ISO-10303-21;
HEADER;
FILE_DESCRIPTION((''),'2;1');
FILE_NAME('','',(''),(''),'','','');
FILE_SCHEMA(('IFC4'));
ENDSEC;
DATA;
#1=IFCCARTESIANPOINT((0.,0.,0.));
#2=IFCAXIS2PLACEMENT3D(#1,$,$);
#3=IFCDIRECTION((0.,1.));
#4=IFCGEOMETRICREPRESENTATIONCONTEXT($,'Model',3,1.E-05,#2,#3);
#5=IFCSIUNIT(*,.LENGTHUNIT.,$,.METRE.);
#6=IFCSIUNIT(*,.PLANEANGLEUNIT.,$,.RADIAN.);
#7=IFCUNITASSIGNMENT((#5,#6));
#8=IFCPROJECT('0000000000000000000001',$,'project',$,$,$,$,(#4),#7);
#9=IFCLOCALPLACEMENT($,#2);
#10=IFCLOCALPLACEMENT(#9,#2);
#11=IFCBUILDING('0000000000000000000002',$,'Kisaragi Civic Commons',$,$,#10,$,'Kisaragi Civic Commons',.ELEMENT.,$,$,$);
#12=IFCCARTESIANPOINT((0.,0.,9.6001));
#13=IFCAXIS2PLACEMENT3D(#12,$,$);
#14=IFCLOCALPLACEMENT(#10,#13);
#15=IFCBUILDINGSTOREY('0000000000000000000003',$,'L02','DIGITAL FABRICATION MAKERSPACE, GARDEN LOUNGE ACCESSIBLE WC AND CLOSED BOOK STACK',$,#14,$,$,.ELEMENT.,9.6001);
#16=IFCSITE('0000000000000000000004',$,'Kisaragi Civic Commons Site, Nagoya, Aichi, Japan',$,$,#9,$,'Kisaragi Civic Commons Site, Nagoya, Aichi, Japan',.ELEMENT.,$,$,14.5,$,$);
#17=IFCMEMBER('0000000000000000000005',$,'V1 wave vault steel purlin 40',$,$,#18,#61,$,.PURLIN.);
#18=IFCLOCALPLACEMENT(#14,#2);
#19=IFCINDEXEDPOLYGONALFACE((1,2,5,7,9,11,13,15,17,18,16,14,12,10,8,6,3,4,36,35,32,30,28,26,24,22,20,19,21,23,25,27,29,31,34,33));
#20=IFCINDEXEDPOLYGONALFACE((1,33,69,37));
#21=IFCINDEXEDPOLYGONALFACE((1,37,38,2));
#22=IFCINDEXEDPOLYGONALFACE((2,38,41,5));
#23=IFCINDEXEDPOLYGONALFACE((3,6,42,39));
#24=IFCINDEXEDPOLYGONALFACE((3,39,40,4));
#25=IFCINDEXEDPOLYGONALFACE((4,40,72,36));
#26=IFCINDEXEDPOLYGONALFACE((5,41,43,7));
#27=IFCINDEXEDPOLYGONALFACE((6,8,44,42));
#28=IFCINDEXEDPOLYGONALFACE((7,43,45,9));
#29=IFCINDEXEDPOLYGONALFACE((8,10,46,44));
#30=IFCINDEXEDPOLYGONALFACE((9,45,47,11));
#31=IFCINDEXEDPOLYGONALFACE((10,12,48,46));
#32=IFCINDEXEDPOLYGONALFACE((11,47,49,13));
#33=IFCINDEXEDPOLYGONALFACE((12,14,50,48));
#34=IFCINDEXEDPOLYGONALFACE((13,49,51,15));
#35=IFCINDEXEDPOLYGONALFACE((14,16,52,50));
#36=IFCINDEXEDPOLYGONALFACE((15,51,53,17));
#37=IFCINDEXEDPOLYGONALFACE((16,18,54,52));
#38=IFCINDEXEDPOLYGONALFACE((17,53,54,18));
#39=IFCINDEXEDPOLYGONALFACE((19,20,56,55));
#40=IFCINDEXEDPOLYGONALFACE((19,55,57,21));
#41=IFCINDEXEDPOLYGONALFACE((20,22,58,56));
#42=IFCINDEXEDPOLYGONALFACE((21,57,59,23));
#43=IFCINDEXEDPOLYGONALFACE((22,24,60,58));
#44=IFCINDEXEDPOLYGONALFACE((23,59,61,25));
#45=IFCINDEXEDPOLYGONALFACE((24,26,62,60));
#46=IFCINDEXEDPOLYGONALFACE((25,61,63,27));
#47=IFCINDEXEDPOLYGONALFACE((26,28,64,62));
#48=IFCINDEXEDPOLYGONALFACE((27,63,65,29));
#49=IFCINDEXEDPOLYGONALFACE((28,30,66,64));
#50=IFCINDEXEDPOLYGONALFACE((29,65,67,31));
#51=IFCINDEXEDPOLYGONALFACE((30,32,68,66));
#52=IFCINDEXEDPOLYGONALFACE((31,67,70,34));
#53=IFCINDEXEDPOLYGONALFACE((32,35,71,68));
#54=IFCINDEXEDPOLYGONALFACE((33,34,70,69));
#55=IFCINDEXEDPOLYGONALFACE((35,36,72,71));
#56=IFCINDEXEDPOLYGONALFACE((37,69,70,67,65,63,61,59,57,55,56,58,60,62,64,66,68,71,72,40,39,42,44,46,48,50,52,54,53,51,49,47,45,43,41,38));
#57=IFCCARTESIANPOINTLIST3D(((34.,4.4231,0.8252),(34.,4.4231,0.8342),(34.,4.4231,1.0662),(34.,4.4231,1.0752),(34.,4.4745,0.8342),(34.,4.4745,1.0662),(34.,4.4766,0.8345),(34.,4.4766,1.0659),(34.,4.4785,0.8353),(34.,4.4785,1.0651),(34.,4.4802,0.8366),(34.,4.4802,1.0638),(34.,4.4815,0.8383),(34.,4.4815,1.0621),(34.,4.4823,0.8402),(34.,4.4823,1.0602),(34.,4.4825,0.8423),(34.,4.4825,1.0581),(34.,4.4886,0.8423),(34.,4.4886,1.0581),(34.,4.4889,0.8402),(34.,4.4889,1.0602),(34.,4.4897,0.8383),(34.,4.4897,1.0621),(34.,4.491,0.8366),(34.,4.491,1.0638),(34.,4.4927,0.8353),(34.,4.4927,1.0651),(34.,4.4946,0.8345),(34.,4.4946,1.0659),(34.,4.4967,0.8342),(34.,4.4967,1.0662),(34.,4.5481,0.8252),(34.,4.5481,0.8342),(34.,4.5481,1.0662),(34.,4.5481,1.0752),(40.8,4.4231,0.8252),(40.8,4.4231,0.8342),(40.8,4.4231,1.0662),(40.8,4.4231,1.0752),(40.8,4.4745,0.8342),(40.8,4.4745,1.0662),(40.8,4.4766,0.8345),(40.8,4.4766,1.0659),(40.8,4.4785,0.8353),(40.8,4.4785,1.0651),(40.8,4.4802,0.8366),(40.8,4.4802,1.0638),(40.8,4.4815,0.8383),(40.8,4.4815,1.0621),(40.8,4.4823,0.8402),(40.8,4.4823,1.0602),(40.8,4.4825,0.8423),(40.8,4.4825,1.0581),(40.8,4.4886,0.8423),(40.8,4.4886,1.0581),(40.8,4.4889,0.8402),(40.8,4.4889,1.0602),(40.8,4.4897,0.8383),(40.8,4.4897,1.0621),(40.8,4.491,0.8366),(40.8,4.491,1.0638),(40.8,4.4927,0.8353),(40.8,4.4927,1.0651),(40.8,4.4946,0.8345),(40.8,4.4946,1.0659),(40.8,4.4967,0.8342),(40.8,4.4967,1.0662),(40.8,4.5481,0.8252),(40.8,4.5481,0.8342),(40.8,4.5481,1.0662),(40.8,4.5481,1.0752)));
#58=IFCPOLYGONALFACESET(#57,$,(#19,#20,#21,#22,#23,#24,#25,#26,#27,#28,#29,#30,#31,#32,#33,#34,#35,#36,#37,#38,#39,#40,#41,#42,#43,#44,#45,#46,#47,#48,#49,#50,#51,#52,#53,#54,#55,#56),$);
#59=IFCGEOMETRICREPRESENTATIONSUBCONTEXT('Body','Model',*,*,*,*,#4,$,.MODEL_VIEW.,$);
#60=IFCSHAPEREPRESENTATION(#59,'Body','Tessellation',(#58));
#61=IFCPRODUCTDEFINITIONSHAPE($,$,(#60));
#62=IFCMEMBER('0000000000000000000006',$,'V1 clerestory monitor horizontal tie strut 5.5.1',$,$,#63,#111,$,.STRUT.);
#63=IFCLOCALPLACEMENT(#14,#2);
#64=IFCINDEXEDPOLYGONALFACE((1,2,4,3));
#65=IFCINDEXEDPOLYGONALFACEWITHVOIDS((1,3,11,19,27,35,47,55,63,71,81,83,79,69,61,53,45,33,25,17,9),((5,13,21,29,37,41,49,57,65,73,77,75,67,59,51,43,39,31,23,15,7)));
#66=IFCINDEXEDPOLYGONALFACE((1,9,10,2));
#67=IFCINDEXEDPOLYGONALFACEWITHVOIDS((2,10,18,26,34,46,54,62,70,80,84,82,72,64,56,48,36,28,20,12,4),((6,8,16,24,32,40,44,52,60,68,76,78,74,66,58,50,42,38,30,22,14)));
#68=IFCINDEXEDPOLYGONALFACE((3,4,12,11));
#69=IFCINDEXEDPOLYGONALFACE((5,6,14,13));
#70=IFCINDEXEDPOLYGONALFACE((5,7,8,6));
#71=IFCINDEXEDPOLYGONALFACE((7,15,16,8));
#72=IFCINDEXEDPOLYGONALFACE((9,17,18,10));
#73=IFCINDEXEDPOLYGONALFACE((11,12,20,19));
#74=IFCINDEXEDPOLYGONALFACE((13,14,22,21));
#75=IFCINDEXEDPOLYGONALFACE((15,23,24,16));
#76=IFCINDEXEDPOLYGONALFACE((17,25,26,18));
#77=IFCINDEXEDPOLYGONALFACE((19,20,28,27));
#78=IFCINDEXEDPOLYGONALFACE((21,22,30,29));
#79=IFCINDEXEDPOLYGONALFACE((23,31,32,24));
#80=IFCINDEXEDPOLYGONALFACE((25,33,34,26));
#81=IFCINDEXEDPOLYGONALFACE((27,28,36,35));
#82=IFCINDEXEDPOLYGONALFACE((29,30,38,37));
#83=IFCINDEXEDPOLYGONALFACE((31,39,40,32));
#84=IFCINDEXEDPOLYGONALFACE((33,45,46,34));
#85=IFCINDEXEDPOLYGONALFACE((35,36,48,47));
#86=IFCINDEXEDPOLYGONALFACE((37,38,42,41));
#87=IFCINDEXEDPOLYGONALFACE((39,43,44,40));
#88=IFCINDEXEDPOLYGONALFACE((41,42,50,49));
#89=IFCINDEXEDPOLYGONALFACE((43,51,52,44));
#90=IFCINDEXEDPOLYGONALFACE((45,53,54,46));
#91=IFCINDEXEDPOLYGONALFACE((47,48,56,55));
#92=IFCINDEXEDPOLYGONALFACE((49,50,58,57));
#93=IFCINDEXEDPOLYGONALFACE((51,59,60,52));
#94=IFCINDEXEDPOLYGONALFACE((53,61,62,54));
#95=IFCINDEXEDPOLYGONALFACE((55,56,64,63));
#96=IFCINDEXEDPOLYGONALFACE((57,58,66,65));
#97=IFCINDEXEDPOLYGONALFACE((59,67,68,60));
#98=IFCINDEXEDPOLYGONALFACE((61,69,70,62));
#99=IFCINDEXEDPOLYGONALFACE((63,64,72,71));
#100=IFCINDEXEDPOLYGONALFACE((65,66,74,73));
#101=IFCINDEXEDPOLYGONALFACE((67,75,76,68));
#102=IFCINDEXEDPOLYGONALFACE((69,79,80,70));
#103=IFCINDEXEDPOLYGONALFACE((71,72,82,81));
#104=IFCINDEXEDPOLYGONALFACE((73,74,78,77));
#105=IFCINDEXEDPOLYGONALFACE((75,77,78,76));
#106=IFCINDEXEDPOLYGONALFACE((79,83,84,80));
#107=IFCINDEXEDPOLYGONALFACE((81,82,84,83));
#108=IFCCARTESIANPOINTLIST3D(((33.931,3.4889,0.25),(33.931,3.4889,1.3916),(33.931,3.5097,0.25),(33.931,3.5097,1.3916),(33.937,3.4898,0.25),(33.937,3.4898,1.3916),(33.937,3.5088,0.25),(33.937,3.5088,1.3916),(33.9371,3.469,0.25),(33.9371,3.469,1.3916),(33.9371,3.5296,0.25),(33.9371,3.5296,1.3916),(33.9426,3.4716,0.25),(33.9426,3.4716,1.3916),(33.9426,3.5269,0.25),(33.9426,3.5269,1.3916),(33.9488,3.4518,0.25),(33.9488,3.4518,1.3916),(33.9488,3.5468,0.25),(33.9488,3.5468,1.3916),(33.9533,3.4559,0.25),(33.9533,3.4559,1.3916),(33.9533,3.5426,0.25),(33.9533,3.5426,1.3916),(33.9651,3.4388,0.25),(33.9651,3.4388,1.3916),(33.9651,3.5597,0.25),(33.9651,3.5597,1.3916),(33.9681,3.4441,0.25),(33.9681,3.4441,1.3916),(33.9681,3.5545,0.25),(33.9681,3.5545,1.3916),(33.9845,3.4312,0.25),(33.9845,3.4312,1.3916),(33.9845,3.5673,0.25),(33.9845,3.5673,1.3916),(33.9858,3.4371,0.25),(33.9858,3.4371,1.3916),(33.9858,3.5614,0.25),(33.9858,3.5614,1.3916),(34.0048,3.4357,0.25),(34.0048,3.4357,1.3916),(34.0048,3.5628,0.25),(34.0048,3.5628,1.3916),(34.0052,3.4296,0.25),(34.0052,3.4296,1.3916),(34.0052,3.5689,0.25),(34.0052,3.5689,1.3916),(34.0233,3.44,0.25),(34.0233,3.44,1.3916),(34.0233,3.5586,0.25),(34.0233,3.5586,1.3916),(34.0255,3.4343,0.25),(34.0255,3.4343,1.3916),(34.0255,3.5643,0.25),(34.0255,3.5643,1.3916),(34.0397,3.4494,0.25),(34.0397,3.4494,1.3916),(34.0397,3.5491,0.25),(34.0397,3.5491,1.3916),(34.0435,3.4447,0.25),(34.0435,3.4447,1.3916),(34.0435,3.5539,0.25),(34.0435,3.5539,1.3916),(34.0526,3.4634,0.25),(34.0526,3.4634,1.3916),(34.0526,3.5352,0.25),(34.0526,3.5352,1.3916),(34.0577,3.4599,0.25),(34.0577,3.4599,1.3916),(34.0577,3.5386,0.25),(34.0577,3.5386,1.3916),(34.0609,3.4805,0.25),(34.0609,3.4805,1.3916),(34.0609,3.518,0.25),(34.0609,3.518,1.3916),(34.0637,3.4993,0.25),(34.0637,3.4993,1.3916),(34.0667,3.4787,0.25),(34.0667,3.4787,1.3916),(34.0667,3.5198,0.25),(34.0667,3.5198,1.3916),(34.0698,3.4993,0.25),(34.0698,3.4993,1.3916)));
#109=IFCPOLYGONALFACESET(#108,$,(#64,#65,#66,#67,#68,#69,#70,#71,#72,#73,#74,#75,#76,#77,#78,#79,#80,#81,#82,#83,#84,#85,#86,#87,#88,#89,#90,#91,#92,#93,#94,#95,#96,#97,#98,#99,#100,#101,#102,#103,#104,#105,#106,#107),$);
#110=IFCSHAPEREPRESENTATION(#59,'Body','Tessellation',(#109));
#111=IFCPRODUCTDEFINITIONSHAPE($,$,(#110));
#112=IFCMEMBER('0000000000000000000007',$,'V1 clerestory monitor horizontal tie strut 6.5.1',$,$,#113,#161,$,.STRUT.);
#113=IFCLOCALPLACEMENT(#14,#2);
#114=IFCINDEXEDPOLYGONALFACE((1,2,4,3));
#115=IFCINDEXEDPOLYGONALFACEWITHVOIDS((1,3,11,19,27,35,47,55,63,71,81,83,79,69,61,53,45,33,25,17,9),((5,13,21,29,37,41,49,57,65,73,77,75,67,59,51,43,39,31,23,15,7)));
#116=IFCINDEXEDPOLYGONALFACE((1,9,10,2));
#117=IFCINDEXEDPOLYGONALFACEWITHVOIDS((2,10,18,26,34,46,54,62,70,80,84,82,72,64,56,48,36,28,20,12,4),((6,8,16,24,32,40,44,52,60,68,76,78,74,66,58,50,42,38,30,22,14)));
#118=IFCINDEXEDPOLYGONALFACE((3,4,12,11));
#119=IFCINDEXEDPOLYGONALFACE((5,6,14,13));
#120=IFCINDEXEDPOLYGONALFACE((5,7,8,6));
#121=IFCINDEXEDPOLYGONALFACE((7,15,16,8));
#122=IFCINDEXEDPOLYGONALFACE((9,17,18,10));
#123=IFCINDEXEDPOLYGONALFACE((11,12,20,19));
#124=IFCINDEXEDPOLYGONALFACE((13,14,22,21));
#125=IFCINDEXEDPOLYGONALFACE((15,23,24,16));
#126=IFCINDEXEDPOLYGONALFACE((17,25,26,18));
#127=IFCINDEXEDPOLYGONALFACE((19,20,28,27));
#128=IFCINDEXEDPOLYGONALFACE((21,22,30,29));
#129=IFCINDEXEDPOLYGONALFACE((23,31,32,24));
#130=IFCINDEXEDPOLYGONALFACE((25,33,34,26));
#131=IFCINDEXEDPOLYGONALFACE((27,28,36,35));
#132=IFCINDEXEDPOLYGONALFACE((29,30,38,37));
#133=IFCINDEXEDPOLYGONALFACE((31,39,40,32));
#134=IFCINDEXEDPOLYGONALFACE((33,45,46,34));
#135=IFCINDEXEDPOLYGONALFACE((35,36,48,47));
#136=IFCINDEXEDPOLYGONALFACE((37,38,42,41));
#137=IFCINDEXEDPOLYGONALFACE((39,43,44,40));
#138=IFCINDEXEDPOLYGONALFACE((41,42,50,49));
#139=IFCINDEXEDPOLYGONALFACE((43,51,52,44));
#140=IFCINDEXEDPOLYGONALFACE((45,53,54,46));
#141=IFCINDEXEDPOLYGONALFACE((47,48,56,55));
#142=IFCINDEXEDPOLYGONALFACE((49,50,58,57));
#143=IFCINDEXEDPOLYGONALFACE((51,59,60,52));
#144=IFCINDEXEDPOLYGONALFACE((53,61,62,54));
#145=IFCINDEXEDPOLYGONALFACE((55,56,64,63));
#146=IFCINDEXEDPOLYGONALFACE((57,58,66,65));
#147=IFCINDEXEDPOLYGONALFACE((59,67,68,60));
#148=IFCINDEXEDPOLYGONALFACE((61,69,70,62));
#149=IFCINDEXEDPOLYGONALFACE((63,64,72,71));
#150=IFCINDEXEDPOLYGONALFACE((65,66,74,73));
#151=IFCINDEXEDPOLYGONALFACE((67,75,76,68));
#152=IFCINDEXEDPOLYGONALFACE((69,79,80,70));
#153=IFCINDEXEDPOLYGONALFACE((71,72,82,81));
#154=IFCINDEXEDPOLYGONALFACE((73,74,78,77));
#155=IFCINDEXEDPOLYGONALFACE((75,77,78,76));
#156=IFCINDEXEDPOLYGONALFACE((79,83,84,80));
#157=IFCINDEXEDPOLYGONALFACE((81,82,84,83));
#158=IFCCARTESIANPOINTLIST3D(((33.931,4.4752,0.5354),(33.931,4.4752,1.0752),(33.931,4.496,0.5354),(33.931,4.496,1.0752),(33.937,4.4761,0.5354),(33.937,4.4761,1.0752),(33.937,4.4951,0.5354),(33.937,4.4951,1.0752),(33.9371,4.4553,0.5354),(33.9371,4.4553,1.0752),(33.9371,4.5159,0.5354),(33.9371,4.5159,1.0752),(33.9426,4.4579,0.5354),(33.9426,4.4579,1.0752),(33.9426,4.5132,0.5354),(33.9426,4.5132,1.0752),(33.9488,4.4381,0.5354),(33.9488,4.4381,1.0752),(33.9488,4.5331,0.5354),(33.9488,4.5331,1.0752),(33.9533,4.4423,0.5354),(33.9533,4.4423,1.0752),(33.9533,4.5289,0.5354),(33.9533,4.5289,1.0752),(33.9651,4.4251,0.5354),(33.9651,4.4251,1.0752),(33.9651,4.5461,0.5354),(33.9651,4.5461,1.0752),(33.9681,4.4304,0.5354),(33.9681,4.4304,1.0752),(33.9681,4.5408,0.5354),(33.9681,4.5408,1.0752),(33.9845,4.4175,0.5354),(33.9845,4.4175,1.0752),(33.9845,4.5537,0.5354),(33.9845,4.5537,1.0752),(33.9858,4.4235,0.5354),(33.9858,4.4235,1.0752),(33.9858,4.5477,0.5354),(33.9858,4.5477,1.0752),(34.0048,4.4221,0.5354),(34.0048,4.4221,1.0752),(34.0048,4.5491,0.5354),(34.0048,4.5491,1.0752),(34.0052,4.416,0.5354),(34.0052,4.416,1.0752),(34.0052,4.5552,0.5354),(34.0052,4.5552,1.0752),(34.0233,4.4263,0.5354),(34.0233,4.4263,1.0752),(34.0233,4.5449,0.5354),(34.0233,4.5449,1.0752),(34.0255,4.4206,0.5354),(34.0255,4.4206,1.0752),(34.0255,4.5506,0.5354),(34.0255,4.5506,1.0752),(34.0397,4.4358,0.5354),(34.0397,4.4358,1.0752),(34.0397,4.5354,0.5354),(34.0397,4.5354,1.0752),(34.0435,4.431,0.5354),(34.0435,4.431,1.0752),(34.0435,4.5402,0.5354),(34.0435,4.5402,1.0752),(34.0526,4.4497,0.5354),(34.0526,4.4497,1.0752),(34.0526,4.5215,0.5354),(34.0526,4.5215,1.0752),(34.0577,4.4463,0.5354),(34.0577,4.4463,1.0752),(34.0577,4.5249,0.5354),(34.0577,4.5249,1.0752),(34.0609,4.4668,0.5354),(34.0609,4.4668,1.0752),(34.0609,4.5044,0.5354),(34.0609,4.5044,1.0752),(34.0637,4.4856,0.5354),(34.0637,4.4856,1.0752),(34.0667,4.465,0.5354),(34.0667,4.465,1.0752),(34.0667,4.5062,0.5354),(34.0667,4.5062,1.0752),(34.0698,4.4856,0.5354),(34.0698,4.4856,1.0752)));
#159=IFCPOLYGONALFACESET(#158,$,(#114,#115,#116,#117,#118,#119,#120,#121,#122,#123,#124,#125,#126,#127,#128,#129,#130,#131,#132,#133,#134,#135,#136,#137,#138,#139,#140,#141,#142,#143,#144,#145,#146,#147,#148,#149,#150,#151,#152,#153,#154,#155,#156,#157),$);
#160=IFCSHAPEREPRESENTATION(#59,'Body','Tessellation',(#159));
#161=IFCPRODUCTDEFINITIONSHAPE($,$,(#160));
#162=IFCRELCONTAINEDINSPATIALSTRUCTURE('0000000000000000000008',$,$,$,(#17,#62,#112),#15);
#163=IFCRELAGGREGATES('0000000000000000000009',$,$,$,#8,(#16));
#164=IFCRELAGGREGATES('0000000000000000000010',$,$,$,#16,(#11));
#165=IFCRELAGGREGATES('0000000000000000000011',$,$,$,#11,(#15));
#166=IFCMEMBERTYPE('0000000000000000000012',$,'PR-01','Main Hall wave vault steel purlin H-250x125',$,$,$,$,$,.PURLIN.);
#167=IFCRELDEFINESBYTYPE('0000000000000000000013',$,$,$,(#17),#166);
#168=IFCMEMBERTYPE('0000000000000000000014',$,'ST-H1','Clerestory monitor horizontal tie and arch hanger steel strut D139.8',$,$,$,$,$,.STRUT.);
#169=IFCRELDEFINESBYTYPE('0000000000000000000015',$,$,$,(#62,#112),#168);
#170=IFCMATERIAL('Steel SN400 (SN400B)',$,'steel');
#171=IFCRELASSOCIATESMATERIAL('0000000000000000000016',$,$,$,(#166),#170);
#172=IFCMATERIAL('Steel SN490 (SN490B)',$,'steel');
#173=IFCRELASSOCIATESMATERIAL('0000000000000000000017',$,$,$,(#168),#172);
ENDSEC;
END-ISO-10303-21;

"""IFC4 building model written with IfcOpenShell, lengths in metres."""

from ifc_helpers import new_model, si_unit, direction, frame, origin, origin_2d, place, context, subcontext, project, spatial, hollow_circle, i_section, extrude, material, material_profile, profile_set, type_object, element, save


model = new_model("IFC4")

# Units and contexts
model_context = context("Model", 3, precision=1e-05, world=origin(), true_north=direction((0.0, 1.0)))
body_context = subcontext(model_context, "Body", "Model", "MODEL_VIEW")
ifc_project = project(units=[si_unit("LENGTHUNIT", "METRE"), si_unit("PLANEANGLEUNIT", "RADIAN")], contexts=[model_context])

# Site, building, storey
site_placement = place(None, origin())
site = spatial("IfcSite", under=ifc_project, at=site_placement, Name="Kisaragi Civic Commons Site, Nagoya, Aichi, Japan", LongName="Kisaragi Civic Commons Site, Nagoya, Aichi, Japan", CompositionType="ELEMENT", RefElevation=14.5)
building_placement = place(site_placement, origin())
building = spatial("IfcBuilding", under=site, at=building_placement, Name="Kisaragi Civic Commons", LongName="Kisaragi Civic Commons", CompositionType="ELEMENT")
storey_placement = place(building_placement, frame((0.0, 0.0, 9.6001)))
storey = spatial("IfcBuildingStorey", under=building, at=storey_placement, Name="L02", Description="DIGITAL FABRICATION MAKERSPACE, GARDEN LOUNGE ACCESSIBLE WC AND CLOSED BOOK STACK", CompositionType="ELEMENT", Elevation=9.6001)

# Members
ifc_material_1 = material(Name="Steel SN400 (SN400B)", Category="steel")
ifc_material_profile_1 = material_profile(ifc_material_1, i_section(OverallWidth=0.125, OverallDepth=0.25, WebThickness=0.0061, FlangeThickness=0.009, FilletRadius=0.0081, at=origin_2d()), Name="H-250x125x6x9", Category="steel")
ifc_profile_set_1 = profile_set([ifc_material_profile_1], Name="Steel SN400 (SN400B)")
member_type_1 = type_object("IfcMemberType", Name="PR-01", Description="Main Hall wave vault steel purlin H-250x125", PredefinedType="PURLIN", material=ifc_profile_set_1)
member_1_placement = place(storey_placement, frame((34.0, 4.4856, 0.9502), z_axis=(1.0, 0.0, 0.0), x_axis=(0.0, 1.0, 0.0)))
element("IfcMember", 1, at=member_1_placement, inside=storey, type_object=member_type_1, Name="V1 wave vault steel purlin 40", PredefinedType="PURLIN", context=body_context, shape_type="SweptSolid", body=[
    extrude(i_section(OverallWidth=0.125, OverallDepth=0.25, WebThickness=0.0061, FlangeThickness=0.009, FilletRadius=0.0081, at=origin_2d()), origin(), (0.0, 0.0, 1.0), 6.8),
])
ifc_material_2 = material(Name="Steel SN490 (SN490B)", Category="steel")
ifc_material_profile_2 = material_profile(ifc_material_2, hollow_circle(Radius=0.0698, WallThickness=0.0061, at=origin_2d()), Name="CHS-139.8x6.0", Category="steel")
ifc_profile_set_2 = profile_set([ifc_material_profile_2], Name="Steel SN490 (SN490B)")
member_type_2 = type_object("IfcMemberType", Name="ST-H1", Description="Clerestory monitor horizontal tie and arch hanger steel strut D139.8", PredefinedType="STRUT", material=ifc_profile_set_2)
member_2_placement = place(storey_placement, frame((34.0, 3.4993, 0.25), z_axis=(0.0, 0.0, 1.0), x_axis=(1.0, 0.0, 0.0)))
element("IfcMember", 2, at=member_2_placement, inside=storey, type_object=member_type_2, Name="V1 clerestory monitor horizontal tie strut 5.5.1", PredefinedType="STRUT", context=body_context, shape_type="SweptSolid", body=[
    extrude(hollow_circle(Radius=0.0698, WallThickness=0.0061, at=origin_2d()), origin(), (0.0, 0.0, 1.0), 1.1416),
])
member_3_placement = place(storey_placement, frame((34.0, 4.4856, 0.5354), z_axis=(0.0, 0.0, 1.0), x_axis=(1.0, 0.0, 0.0)))
element("IfcMember", 3, at=member_3_placement, inside=storey, type_object=member_type_2, Name="V1 clerestory monitor horizontal tie strut 6.5.1", PredefinedType="STRUT", context=body_context, shape_type="SweptSolid", body=[
    extrude(hollow_circle(Radius=0.0698, WallThickness=0.0061, at=origin_2d()), origin(), (0.0, 0.0, 1.0), 0.5398),
])

save(model, "model.ifc")
